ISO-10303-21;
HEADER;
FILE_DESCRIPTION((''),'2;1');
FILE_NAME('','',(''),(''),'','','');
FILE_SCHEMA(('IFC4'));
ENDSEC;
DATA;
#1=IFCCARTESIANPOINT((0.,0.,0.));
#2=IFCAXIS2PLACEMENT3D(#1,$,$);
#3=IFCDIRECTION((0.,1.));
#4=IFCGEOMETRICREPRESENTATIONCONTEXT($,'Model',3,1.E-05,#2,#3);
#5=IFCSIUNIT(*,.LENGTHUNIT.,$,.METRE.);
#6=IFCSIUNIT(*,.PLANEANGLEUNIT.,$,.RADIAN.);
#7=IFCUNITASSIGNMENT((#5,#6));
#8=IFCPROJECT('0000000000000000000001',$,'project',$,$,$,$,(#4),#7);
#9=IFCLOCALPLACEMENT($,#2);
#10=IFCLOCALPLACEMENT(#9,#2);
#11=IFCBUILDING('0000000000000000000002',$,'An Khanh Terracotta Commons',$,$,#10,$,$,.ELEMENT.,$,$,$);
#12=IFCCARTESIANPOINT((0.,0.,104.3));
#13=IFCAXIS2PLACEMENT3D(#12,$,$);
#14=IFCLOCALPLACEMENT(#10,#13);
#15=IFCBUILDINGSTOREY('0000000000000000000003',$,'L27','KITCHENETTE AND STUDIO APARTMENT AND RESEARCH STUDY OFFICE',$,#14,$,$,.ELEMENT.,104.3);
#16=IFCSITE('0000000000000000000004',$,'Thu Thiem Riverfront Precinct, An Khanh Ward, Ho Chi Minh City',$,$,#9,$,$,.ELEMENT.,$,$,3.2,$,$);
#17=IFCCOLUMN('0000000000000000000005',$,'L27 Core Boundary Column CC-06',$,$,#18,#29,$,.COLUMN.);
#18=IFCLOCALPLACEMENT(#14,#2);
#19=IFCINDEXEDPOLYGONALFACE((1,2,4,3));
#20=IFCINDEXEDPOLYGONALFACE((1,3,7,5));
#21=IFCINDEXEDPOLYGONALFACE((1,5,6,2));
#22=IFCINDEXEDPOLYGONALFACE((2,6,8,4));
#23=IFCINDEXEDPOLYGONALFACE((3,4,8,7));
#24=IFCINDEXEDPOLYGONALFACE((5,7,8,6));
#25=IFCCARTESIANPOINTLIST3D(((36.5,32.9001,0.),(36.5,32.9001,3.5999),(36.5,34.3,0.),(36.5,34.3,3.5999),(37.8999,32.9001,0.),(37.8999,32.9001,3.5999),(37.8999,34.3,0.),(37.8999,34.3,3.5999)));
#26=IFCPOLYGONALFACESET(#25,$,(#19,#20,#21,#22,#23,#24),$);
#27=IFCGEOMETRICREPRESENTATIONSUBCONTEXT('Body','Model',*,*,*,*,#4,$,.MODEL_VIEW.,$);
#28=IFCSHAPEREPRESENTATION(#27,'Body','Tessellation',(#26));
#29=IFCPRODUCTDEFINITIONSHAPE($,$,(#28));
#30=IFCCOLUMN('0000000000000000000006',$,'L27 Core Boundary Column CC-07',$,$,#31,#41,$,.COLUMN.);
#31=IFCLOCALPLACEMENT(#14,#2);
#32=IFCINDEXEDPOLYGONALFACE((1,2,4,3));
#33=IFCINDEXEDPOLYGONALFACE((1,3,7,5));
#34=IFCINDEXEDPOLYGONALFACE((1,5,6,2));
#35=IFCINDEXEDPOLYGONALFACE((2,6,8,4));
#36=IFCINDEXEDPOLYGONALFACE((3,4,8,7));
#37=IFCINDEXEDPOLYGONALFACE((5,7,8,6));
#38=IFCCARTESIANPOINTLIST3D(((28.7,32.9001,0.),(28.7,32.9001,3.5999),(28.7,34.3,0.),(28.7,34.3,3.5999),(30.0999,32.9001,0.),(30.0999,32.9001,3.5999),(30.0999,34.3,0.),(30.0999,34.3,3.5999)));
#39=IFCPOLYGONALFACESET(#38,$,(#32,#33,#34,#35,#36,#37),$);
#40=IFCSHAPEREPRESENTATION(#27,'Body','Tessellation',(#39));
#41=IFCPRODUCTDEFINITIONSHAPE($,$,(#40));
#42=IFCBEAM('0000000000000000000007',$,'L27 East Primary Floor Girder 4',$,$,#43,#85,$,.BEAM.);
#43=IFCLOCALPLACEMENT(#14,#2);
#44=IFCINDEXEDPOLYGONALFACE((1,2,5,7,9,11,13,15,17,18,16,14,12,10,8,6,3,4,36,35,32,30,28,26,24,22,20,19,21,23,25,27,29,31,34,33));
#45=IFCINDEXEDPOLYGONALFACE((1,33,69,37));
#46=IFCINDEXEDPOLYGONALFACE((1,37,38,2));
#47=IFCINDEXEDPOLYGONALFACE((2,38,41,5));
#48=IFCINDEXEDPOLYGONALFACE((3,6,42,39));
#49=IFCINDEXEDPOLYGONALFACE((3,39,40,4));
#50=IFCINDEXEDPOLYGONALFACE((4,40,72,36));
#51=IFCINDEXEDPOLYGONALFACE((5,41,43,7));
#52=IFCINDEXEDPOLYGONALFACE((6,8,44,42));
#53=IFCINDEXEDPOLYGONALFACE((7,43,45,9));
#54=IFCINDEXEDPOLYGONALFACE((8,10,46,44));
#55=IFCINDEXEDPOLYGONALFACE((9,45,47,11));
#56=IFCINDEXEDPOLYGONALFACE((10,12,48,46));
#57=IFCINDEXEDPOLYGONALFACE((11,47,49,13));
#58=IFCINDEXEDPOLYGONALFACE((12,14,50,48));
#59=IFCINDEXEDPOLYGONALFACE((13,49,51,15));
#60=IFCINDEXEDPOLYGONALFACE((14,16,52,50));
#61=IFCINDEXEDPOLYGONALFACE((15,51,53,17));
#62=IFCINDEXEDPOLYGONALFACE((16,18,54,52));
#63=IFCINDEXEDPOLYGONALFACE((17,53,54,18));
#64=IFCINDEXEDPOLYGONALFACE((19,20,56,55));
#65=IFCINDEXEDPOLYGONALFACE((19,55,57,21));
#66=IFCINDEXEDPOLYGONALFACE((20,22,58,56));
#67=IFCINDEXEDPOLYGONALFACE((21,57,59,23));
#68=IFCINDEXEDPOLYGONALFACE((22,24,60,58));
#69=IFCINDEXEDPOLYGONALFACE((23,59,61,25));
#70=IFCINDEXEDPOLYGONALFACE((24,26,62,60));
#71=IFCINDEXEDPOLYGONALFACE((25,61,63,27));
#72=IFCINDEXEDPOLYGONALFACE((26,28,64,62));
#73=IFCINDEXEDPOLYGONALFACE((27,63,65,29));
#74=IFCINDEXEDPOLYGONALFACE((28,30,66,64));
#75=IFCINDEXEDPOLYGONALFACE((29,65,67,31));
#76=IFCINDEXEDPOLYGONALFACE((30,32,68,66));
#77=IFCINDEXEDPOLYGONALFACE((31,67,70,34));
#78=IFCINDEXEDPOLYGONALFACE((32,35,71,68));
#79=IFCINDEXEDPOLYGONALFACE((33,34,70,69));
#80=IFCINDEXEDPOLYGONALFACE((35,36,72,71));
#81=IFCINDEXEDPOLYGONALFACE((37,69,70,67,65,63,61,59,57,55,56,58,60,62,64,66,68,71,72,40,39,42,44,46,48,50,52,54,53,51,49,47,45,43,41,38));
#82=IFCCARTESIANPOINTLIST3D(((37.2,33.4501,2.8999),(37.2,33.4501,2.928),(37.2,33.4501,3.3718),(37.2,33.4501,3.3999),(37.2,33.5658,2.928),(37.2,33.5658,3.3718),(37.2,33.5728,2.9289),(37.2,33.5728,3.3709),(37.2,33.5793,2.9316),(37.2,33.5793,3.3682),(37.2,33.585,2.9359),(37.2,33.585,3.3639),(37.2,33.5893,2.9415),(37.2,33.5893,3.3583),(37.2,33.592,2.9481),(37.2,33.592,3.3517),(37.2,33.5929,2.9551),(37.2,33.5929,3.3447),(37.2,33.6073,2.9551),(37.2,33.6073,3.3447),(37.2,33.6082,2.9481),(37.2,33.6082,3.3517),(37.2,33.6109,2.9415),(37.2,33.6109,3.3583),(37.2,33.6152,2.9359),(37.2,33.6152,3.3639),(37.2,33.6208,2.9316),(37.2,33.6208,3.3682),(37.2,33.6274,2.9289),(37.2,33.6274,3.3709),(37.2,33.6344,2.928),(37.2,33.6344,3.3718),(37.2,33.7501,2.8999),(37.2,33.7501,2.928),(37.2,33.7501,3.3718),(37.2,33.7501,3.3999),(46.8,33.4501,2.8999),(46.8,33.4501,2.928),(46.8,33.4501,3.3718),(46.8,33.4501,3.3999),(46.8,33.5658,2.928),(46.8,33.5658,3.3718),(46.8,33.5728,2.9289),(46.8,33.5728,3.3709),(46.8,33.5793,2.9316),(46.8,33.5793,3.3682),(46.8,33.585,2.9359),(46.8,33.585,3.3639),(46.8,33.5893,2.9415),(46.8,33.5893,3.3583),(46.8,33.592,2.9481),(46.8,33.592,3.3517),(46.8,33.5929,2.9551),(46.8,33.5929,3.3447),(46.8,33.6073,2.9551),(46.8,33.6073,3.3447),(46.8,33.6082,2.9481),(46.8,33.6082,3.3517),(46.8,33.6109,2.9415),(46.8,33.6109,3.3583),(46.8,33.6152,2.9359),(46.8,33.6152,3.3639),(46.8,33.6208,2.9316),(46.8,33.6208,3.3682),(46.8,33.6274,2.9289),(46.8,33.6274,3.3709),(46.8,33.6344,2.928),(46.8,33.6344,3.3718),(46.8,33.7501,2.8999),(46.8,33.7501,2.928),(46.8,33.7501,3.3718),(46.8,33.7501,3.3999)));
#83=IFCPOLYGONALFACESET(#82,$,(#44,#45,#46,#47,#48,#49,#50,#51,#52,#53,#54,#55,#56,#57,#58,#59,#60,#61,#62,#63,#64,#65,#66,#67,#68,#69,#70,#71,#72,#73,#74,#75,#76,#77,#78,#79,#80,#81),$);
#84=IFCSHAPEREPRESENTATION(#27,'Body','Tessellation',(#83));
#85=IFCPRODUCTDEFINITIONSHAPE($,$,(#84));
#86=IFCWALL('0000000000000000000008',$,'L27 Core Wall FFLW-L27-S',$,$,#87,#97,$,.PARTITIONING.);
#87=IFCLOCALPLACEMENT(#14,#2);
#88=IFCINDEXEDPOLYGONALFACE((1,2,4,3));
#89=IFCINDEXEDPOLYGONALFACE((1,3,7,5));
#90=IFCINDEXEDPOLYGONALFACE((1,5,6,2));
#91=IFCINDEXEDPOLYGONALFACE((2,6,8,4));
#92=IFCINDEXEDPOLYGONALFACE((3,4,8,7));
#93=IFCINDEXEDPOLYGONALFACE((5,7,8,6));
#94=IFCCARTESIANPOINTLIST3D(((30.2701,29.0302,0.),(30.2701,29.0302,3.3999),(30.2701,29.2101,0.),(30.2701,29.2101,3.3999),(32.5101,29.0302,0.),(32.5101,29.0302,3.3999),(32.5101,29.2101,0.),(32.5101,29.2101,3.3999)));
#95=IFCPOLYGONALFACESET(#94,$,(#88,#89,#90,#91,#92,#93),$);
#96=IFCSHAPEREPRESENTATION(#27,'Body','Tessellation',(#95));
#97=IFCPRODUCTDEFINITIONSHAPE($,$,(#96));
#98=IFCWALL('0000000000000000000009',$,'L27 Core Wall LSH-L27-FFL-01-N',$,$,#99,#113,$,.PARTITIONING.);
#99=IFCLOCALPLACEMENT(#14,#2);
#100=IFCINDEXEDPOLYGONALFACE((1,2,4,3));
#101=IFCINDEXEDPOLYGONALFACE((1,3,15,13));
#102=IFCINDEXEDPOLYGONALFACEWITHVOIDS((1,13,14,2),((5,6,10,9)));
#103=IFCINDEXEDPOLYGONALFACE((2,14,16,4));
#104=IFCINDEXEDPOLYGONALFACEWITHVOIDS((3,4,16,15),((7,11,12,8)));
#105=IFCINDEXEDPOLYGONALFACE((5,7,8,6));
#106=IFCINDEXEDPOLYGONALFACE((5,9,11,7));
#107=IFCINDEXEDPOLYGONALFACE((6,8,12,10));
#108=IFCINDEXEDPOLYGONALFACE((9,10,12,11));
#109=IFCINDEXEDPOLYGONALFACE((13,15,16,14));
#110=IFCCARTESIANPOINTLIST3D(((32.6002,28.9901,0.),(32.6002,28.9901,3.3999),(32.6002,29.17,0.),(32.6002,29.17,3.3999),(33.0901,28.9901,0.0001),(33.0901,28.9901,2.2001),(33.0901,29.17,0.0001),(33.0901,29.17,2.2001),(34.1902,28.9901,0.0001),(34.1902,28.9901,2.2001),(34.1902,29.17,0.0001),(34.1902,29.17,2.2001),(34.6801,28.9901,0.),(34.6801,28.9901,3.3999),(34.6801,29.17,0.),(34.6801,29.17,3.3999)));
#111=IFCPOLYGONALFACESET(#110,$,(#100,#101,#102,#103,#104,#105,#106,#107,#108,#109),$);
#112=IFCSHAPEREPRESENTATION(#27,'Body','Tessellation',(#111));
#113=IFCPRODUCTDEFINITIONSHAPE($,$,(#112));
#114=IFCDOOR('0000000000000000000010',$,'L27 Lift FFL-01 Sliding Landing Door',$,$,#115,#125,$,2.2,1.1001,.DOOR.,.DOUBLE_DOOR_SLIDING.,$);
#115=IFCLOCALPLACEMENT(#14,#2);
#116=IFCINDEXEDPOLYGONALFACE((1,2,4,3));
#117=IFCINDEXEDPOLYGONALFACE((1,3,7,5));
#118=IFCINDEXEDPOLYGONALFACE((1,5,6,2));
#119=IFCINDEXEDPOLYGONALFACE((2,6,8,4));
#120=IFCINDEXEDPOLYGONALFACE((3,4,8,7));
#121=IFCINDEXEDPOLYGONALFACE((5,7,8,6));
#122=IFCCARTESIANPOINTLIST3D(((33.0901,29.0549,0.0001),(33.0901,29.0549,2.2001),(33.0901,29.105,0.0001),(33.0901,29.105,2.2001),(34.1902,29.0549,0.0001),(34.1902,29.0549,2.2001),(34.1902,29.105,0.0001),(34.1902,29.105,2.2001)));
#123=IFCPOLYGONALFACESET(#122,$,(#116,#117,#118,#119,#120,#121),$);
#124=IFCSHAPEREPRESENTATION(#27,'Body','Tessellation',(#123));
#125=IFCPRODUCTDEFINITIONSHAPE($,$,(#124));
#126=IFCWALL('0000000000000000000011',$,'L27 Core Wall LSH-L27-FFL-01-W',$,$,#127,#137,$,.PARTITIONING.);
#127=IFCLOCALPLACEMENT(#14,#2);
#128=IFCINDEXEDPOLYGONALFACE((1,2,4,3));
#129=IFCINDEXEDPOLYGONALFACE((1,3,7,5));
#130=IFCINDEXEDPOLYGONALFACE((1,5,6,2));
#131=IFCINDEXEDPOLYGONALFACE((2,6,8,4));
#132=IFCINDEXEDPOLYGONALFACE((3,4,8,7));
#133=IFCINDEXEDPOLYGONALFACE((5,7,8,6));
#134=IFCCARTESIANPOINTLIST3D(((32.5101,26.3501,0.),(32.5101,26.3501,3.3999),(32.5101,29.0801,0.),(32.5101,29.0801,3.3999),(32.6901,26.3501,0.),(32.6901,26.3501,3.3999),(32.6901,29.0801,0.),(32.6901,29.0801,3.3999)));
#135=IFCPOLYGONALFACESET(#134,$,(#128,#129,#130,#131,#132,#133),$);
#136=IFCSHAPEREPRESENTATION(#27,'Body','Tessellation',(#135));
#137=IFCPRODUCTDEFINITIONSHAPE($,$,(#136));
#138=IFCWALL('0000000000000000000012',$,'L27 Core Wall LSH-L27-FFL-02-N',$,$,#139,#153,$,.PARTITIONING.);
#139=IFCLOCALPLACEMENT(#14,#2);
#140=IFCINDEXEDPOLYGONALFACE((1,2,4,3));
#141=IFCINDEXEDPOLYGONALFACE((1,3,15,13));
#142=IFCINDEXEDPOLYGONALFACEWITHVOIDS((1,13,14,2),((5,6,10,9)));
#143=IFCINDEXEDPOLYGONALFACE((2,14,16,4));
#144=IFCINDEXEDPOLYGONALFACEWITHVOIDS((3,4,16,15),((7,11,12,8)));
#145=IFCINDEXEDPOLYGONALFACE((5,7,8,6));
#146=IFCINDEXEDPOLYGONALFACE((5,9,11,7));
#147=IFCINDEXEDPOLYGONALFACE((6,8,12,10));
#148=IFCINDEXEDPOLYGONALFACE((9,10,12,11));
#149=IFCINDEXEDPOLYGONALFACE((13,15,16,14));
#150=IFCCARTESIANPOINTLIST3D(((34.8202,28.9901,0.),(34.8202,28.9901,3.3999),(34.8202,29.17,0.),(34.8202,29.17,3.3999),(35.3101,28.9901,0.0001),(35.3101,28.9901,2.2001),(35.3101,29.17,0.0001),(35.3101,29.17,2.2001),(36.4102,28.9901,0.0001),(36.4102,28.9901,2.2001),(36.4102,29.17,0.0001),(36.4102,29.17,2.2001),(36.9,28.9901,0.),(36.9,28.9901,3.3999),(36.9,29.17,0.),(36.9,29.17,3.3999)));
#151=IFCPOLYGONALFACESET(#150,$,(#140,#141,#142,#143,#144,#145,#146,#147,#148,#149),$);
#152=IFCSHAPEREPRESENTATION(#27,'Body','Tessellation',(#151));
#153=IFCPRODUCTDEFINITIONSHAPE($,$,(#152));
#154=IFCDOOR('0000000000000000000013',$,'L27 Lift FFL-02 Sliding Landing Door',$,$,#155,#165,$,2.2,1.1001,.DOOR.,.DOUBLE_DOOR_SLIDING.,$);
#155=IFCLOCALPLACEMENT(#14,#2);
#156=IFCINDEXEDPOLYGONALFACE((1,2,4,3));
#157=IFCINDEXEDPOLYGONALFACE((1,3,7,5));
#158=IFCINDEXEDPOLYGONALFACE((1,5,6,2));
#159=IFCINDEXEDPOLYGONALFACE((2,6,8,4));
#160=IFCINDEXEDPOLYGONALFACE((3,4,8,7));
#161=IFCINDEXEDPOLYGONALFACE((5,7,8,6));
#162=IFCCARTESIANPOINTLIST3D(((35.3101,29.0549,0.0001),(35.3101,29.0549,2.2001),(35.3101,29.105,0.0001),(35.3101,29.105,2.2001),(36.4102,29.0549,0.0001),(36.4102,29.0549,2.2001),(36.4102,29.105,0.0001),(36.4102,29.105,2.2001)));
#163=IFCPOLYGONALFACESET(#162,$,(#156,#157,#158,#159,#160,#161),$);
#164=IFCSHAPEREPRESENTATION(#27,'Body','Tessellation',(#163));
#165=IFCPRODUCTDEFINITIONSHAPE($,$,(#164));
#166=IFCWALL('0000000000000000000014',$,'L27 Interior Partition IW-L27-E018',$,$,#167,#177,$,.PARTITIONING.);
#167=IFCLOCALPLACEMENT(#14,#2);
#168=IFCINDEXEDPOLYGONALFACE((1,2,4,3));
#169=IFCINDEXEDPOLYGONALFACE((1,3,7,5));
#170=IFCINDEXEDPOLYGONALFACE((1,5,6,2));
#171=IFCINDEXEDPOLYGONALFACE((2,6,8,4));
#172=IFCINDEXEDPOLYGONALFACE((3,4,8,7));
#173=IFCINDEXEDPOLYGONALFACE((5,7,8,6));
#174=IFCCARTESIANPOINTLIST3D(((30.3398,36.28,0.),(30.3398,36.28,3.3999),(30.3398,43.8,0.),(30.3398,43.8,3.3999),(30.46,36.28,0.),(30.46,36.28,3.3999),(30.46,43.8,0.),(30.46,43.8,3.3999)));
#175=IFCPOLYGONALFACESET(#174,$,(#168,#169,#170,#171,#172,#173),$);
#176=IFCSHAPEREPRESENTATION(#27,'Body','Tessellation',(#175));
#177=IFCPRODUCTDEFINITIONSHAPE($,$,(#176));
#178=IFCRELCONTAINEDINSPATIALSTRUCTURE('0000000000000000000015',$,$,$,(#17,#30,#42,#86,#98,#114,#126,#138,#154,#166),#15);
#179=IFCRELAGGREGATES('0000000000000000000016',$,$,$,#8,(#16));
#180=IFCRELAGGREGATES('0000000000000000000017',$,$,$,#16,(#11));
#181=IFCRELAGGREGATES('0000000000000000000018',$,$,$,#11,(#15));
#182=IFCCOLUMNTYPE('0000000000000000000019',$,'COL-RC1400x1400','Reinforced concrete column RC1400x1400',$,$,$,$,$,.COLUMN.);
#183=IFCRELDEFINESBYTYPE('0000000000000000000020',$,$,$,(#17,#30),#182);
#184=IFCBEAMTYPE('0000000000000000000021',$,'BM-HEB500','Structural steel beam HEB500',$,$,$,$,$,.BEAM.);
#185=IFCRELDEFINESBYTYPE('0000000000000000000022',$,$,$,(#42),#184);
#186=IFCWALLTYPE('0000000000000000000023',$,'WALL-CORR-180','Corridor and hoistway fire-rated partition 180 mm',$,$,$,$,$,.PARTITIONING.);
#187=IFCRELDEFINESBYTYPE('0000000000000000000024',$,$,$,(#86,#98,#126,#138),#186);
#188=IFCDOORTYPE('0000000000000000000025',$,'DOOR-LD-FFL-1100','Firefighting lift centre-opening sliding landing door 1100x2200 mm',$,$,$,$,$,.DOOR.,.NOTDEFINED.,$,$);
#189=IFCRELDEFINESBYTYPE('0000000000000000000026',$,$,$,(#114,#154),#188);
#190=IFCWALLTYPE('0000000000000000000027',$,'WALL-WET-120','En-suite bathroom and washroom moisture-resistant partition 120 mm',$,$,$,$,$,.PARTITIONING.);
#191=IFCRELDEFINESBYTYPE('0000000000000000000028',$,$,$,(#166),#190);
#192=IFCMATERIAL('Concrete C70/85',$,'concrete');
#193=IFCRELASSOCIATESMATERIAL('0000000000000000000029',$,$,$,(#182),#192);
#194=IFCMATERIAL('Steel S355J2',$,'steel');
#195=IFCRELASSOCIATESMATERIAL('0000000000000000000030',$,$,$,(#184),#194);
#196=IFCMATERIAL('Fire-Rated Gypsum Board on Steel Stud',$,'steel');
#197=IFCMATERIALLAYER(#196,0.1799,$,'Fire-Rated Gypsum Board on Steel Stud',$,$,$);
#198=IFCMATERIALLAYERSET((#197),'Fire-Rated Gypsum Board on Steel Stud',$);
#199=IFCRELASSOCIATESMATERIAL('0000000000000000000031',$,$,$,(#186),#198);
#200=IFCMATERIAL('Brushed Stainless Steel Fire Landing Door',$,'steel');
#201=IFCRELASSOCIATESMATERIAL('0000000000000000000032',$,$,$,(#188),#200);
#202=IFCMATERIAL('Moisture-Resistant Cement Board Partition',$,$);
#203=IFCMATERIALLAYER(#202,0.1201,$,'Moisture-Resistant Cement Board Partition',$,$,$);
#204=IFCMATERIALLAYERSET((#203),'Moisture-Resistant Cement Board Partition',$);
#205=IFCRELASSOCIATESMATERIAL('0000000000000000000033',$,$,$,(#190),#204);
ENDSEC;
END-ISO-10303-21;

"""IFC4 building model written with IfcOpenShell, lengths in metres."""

from ifc_helpers import new_model, si_unit, direction, frame, frame_2d, origin, origin_2d, place, context, subcontext, project, spatial, rectangle, i_section, extrude, material, layer, layer_set, material_profile, profile_set, type_object, element, fill, save


model = new_model("IFC4")

# Units and contexts
model_context = context("Model", 3, precision=1e-05, world=origin(), true_north=direction((0.0, 1.0)))
body_context = subcontext(model_context, "Body", "Model", "MODEL_VIEW")
ifc_project = project(units=[si_unit("LENGTHUNIT", "METRE"), si_unit("PLANEANGLEUNIT", "RADIAN")], contexts=[model_context])

# Site, building, storey
site_placement = place(None, origin())
site = spatial("IfcSite", under=ifc_project, at=site_placement, Name="Thu Thiem Riverfront Precinct, An Khanh Ward, Ho Chi Minh City", CompositionType="ELEMENT", RefElevation=3.2)
building_placement = place(site_placement, origin())
building = spatial("IfcBuilding", under=site, at=building_placement, Name="An Khanh Terracotta Commons", CompositionType="ELEMENT")
storey_placement = place(building_placement, frame((0.0, 0.0, 104.3)))
storey = spatial("IfcBuildingStorey", under=building, at=storey_placement, Name="L27", Description="KITCHENETTE AND STUDIO APARTMENT AND RESEARCH STUDY OFFICE", CompositionType="ELEMENT", Elevation=104.3)

# Columns
ifc_material_1 = material(Name="Concrete C70/85", Category="concrete")
ifc_material_profile_1 = material_profile(ifc_material_1, rectangle(XDim=1.3999, YDim=1.3999, at=origin_2d()), Name="RC1400x1400")
ifc_profile_set_1 = profile_set([ifc_material_profile_1], Name="Concrete C70/85")
column_type = type_object("IfcColumnType", Name="COL-RC1400x1400", Description="Reinforced concrete column RC1400x1400", PredefinedType="COLUMN", material=ifc_profile_set_1)
for number, where, z_axis, x_axis, name in (
    (1, (37.2, 33.6001, 0.0), (0.0, 0.0, 1.0), (1.0, 0.0, 0.0), "L27 Core Boundary Column CC-06"),
    (2, (29.3999, 33.6001, 0.0), (0.0, 0.0, 1.0), (1.0, 0.0, 0.0), "L27 Core Boundary Column CC-07"),
):
    element("IfcColumn", number, at=place(storey_placement, frame(where, z_axis=z_axis, x_axis=x_axis)), inside=storey, type_object=column_type, Name=name, PredefinedType="COLUMN", context=body_context, shape_type="SweptSolid", body=[
        extrude(rectangle(XDim=1.3999, YDim=1.3999, at=origin_2d()), origin(), (0.0, 0.0, 1.0), 3.5999),
    ])

# Beam
ifc_material_2 = material(Name="Steel S355J2", Category="steel")
ifc_material_profile_2 = material_profile(ifc_material_2, i_section(OverallWidth=0.3, OverallDepth=0.5, WebThickness=0.0144, FlangeThickness=0.0281, FilletRadius=0.0271, at=origin_2d()), Name="HEB500")
ifc_profile_set_2 = profile_set([ifc_material_profile_2], Name="Steel S355J2")
beam_type = type_object("IfcBeamType", Name="BM-HEB500", Description="Structural steel beam HEB500", PredefinedType="BEAM", material=ifc_profile_set_2)
beam_placement = place(storey_placement, frame((37.2, 33.6001, 3.1499), z_axis=(1.0, 0.0, 0.0), x_axis=(0.0, 1.0, 0.0)))
element("IfcBeam", 3, at=beam_placement, inside=storey, type_object=beam_type, Name="L27 East Primary Floor Girder 4", PredefinedType="BEAM", context=body_context, shape_type="SweptSolid", body=[
    extrude(i_section(OverallWidth=0.3, OverallDepth=0.5, WebThickness=0.0144, FlangeThickness=0.0281, FilletRadius=0.0271, at=origin_2d()), origin(), (0.0, 0.0, 1.0), 9.6001),
])

# Wall
ifc_material_3 = material(Name="Fire-Rated Gypsum Board on Steel Stud", Category="steel")
ifc_layer_1 = layer(ifc_material_3, 0.1799, Name="Fire-Rated Gypsum Board on Steel Stud")
ifc_layer_set_1 = layer_set([ifc_layer_1], Name="Fire-Rated Gypsum Board on Steel Stud")
wall_type_1 = type_object("IfcWallType", Name="WALL-CORR-180", Description="Corridor and hoistway fire-rated partition 180 mm", PredefinedType="PARTITIONING", material=ifc_layer_set_1)
wall_1_placement = place(storey_placement, frame((30.27, 29.1201, 0.0), z_axis=(0.0, 0.0, 1.0), x_axis=(1.0, 0.0, 0.0)))
element("IfcWall", 4, at=wall_1_placement, inside=storey, type_object=wall_type_1, Name="L27 Core Wall FFLW-L27-S", PredefinedType="PARTITIONING", context=body_context, shape_type="SweptSolid", body=[
    extrude(rectangle(XDim=2.24, YDim=0.1799, at=frame_2d((1.1201, 0.0))), origin(), (0.0, 0.0, 1.0), 3.3999),
])

# Wall, opening, door
wall_2_placement = place(storey_placement, frame((32.6001, 29.0801, 0.0), z_axis=(0.0, 0.0, 1.0), x_axis=(1.0, 0.0, 0.0)))
wall_2 = element("IfcWall", 5, at=wall_2_placement, inside=storey, type_object=wall_type_1, Name="L27 Core Wall LSH-L27-FFL-01-N", PredefinedType="PARTITIONING", context=body_context, shape_type="SweptSolid", body=[
    extrude(rectangle(XDim=2.0798, YDim=0.1799, at=frame_2d((1.04, 0.0))), origin(), (0.0, 0.0, 1.0), 3.3999),
])
opening_1_placement = place(wall_2_placement, frame((0.49, 0.0, 0.0)))
opening_1 = element("IfcOpeningElement", 6, at=opening_1_placement, cuts=wall_2, PredefinedType="OPENING", context=body_context, shape_type="SweptSolid", body=[
    extrude(rectangle(XDim=1.1001, YDim=2.2, at=frame_2d((0.55, 1.1001))), frame((0.0, 0.0999, 0.0), z_axis=(0.0, -1.0, 0.0), x_axis=(1.0, 0.0, 0.0)), (0.0, 0.0, 1.0), 0.2),
])
ifc_material_4 = material(Name="Brushed Stainless Steel Fire Landing Door", Category="steel")
door_type_1 = type_object("IfcDoorType", Name="DOOR-LD-FFL-1100", Description="Firefighting lift centre-opening sliding landing door 1100x2200 mm", OperationType="NOTDEFINED", PredefinedType="DOOR", material=ifc_material_4)
door_1_placement = place(opening_1_placement, origin())
door_1 = element("IfcDoor", 7, at=door_1_placement, inside=storey, type_object=door_type_1, Name="L27 Lift FFL-01 Sliding Landing Door", OperationType="DOUBLE_DOOR_SLIDING", OverallHeight=2.2, OverallWidth=1.1001, PredefinedType="DOOR", context=body_context, shape_type="SweptSolid", body=[
    extrude(rectangle(XDim=1.1001, YDim=2.2, at=frame_2d((0.55, 1.1001))), frame((0.0, 0.0249, 0.0), z_axis=(0.0, -1.0, 0.0), x_axis=(1.0, 0.0, 0.0)), (0.0, 0.0, 1.0), 0.05),
])
fill(opening_1, door_1)

# Wall
wall_3_placement = place(storey_placement, frame((32.6001, 29.0801, 0.0), z_axis=(0.0, 0.0, 1.0), x_axis=(0.0, -1.0, 0.0)))
element("IfcWall", 8, at=wall_3_placement, inside=storey, type_object=wall_type_1, Name="L27 Core Wall LSH-L27-FFL-01-W", PredefinedType="PARTITIONING", context=body_context, shape_type="SweptSolid", body=[
    extrude(rectangle(XDim=2.73, YDim=0.1799, at=frame_2d((1.365, 0.0))), origin(), (0.0, 0.0, 1.0), 3.3999),
])

# Wall, opening, door
wall_4_placement = place(storey_placement, frame((34.8201, 29.0801, 0.0), z_axis=(0.0, 0.0, 1.0), x_axis=(1.0, 0.0, 0.0)))
wall_4 = element("IfcWall", 9, at=wall_4_placement, inside=storey, type_object=wall_type_1, Name="L27 Core Wall LSH-L27-FFL-02-N", PredefinedType="PARTITIONING", context=body_context, shape_type="SweptSolid", body=[
    extrude(rectangle(XDim=2.0798, YDim=0.1799, at=frame_2d((1.04, 0.0))), origin(), (0.0, 0.0, 1.0), 3.3999),
])
opening_2_placement = place(wall_4_placement, frame((0.49, 0.0, 0.0)))
opening_2 = element("IfcOpeningElement", 10, at=opening_2_placement, cuts=wall_4, PredefinedType="OPENING", context=body_context, shape_type="SweptSolid", body=[
    extrude(rectangle(XDim=1.1001, YDim=2.2, at=frame_2d((0.55, 1.1001))), frame((0.0, 0.0999, 0.0), z_axis=(0.0, -1.0, 0.0), x_axis=(1.0, 0.0, 0.0)), (0.0, 0.0, 1.0), 0.2),
])
door_2_placement = place(opening_2_placement, origin())
door_2 = element("IfcDoor", 11, at=door_2_placement, inside=storey, type_object=door_type_1, Name="L27 Lift FFL-02 Sliding Landing Door", OperationType="DOUBLE_DOOR_SLIDING", OverallHeight=2.2, OverallWidth=1.1001, PredefinedType="DOOR", context=body_context, shape_type="SweptSolid", body=[
    extrude(rectangle(XDim=1.1001, YDim=2.2, at=frame_2d((0.55, 1.1001))), frame((0.0, 0.0249, 0.0), z_axis=(0.0, -1.0, 0.0), x_axis=(1.0, 0.0, 0.0)), (0.0, 0.0, 1.0), 0.05),
])
fill(opening_2, door_2)

# Wall
ifc_material_5 = material(Name="Moisture-Resistant Cement Board Partition")
ifc_layer_2 = layer(ifc_material_5, 0.1201, Name="Moisture-Resistant Cement Board Partition")
ifc_layer_set_2 = layer_set([ifc_layer_2], Name="Moisture-Resistant Cement Board Partition")
wall_type_2 = type_object("IfcWallType", Name="WALL-WET-120", Description="En-suite bathroom and washroom moisture-resistant partition 120 mm", PredefinedType="PARTITIONING", material=ifc_layer_set_2)
wall_5_placement = place(storey_placement, frame((30.3999, 36.28, 0.0), z_axis=(0.0, 0.0, 1.0), x_axis=(0.0, 1.0, 0.0)))
element("IfcWall", 12, at=wall_5_placement, inside=storey, type_object=wall_type_2, Name="L27 Interior Partition IW-L27-E018", PredefinedType="PARTITIONING", context=body_context, shape_type="SweptSolid", body=[
    extrude(rectangle(XDim=7.52, YDim=0.1201, at=frame_2d((3.76, 0.0))), origin(), (0.0, 0.0, 1.0), 3.3999),
])

save(model, "model.ifc")
